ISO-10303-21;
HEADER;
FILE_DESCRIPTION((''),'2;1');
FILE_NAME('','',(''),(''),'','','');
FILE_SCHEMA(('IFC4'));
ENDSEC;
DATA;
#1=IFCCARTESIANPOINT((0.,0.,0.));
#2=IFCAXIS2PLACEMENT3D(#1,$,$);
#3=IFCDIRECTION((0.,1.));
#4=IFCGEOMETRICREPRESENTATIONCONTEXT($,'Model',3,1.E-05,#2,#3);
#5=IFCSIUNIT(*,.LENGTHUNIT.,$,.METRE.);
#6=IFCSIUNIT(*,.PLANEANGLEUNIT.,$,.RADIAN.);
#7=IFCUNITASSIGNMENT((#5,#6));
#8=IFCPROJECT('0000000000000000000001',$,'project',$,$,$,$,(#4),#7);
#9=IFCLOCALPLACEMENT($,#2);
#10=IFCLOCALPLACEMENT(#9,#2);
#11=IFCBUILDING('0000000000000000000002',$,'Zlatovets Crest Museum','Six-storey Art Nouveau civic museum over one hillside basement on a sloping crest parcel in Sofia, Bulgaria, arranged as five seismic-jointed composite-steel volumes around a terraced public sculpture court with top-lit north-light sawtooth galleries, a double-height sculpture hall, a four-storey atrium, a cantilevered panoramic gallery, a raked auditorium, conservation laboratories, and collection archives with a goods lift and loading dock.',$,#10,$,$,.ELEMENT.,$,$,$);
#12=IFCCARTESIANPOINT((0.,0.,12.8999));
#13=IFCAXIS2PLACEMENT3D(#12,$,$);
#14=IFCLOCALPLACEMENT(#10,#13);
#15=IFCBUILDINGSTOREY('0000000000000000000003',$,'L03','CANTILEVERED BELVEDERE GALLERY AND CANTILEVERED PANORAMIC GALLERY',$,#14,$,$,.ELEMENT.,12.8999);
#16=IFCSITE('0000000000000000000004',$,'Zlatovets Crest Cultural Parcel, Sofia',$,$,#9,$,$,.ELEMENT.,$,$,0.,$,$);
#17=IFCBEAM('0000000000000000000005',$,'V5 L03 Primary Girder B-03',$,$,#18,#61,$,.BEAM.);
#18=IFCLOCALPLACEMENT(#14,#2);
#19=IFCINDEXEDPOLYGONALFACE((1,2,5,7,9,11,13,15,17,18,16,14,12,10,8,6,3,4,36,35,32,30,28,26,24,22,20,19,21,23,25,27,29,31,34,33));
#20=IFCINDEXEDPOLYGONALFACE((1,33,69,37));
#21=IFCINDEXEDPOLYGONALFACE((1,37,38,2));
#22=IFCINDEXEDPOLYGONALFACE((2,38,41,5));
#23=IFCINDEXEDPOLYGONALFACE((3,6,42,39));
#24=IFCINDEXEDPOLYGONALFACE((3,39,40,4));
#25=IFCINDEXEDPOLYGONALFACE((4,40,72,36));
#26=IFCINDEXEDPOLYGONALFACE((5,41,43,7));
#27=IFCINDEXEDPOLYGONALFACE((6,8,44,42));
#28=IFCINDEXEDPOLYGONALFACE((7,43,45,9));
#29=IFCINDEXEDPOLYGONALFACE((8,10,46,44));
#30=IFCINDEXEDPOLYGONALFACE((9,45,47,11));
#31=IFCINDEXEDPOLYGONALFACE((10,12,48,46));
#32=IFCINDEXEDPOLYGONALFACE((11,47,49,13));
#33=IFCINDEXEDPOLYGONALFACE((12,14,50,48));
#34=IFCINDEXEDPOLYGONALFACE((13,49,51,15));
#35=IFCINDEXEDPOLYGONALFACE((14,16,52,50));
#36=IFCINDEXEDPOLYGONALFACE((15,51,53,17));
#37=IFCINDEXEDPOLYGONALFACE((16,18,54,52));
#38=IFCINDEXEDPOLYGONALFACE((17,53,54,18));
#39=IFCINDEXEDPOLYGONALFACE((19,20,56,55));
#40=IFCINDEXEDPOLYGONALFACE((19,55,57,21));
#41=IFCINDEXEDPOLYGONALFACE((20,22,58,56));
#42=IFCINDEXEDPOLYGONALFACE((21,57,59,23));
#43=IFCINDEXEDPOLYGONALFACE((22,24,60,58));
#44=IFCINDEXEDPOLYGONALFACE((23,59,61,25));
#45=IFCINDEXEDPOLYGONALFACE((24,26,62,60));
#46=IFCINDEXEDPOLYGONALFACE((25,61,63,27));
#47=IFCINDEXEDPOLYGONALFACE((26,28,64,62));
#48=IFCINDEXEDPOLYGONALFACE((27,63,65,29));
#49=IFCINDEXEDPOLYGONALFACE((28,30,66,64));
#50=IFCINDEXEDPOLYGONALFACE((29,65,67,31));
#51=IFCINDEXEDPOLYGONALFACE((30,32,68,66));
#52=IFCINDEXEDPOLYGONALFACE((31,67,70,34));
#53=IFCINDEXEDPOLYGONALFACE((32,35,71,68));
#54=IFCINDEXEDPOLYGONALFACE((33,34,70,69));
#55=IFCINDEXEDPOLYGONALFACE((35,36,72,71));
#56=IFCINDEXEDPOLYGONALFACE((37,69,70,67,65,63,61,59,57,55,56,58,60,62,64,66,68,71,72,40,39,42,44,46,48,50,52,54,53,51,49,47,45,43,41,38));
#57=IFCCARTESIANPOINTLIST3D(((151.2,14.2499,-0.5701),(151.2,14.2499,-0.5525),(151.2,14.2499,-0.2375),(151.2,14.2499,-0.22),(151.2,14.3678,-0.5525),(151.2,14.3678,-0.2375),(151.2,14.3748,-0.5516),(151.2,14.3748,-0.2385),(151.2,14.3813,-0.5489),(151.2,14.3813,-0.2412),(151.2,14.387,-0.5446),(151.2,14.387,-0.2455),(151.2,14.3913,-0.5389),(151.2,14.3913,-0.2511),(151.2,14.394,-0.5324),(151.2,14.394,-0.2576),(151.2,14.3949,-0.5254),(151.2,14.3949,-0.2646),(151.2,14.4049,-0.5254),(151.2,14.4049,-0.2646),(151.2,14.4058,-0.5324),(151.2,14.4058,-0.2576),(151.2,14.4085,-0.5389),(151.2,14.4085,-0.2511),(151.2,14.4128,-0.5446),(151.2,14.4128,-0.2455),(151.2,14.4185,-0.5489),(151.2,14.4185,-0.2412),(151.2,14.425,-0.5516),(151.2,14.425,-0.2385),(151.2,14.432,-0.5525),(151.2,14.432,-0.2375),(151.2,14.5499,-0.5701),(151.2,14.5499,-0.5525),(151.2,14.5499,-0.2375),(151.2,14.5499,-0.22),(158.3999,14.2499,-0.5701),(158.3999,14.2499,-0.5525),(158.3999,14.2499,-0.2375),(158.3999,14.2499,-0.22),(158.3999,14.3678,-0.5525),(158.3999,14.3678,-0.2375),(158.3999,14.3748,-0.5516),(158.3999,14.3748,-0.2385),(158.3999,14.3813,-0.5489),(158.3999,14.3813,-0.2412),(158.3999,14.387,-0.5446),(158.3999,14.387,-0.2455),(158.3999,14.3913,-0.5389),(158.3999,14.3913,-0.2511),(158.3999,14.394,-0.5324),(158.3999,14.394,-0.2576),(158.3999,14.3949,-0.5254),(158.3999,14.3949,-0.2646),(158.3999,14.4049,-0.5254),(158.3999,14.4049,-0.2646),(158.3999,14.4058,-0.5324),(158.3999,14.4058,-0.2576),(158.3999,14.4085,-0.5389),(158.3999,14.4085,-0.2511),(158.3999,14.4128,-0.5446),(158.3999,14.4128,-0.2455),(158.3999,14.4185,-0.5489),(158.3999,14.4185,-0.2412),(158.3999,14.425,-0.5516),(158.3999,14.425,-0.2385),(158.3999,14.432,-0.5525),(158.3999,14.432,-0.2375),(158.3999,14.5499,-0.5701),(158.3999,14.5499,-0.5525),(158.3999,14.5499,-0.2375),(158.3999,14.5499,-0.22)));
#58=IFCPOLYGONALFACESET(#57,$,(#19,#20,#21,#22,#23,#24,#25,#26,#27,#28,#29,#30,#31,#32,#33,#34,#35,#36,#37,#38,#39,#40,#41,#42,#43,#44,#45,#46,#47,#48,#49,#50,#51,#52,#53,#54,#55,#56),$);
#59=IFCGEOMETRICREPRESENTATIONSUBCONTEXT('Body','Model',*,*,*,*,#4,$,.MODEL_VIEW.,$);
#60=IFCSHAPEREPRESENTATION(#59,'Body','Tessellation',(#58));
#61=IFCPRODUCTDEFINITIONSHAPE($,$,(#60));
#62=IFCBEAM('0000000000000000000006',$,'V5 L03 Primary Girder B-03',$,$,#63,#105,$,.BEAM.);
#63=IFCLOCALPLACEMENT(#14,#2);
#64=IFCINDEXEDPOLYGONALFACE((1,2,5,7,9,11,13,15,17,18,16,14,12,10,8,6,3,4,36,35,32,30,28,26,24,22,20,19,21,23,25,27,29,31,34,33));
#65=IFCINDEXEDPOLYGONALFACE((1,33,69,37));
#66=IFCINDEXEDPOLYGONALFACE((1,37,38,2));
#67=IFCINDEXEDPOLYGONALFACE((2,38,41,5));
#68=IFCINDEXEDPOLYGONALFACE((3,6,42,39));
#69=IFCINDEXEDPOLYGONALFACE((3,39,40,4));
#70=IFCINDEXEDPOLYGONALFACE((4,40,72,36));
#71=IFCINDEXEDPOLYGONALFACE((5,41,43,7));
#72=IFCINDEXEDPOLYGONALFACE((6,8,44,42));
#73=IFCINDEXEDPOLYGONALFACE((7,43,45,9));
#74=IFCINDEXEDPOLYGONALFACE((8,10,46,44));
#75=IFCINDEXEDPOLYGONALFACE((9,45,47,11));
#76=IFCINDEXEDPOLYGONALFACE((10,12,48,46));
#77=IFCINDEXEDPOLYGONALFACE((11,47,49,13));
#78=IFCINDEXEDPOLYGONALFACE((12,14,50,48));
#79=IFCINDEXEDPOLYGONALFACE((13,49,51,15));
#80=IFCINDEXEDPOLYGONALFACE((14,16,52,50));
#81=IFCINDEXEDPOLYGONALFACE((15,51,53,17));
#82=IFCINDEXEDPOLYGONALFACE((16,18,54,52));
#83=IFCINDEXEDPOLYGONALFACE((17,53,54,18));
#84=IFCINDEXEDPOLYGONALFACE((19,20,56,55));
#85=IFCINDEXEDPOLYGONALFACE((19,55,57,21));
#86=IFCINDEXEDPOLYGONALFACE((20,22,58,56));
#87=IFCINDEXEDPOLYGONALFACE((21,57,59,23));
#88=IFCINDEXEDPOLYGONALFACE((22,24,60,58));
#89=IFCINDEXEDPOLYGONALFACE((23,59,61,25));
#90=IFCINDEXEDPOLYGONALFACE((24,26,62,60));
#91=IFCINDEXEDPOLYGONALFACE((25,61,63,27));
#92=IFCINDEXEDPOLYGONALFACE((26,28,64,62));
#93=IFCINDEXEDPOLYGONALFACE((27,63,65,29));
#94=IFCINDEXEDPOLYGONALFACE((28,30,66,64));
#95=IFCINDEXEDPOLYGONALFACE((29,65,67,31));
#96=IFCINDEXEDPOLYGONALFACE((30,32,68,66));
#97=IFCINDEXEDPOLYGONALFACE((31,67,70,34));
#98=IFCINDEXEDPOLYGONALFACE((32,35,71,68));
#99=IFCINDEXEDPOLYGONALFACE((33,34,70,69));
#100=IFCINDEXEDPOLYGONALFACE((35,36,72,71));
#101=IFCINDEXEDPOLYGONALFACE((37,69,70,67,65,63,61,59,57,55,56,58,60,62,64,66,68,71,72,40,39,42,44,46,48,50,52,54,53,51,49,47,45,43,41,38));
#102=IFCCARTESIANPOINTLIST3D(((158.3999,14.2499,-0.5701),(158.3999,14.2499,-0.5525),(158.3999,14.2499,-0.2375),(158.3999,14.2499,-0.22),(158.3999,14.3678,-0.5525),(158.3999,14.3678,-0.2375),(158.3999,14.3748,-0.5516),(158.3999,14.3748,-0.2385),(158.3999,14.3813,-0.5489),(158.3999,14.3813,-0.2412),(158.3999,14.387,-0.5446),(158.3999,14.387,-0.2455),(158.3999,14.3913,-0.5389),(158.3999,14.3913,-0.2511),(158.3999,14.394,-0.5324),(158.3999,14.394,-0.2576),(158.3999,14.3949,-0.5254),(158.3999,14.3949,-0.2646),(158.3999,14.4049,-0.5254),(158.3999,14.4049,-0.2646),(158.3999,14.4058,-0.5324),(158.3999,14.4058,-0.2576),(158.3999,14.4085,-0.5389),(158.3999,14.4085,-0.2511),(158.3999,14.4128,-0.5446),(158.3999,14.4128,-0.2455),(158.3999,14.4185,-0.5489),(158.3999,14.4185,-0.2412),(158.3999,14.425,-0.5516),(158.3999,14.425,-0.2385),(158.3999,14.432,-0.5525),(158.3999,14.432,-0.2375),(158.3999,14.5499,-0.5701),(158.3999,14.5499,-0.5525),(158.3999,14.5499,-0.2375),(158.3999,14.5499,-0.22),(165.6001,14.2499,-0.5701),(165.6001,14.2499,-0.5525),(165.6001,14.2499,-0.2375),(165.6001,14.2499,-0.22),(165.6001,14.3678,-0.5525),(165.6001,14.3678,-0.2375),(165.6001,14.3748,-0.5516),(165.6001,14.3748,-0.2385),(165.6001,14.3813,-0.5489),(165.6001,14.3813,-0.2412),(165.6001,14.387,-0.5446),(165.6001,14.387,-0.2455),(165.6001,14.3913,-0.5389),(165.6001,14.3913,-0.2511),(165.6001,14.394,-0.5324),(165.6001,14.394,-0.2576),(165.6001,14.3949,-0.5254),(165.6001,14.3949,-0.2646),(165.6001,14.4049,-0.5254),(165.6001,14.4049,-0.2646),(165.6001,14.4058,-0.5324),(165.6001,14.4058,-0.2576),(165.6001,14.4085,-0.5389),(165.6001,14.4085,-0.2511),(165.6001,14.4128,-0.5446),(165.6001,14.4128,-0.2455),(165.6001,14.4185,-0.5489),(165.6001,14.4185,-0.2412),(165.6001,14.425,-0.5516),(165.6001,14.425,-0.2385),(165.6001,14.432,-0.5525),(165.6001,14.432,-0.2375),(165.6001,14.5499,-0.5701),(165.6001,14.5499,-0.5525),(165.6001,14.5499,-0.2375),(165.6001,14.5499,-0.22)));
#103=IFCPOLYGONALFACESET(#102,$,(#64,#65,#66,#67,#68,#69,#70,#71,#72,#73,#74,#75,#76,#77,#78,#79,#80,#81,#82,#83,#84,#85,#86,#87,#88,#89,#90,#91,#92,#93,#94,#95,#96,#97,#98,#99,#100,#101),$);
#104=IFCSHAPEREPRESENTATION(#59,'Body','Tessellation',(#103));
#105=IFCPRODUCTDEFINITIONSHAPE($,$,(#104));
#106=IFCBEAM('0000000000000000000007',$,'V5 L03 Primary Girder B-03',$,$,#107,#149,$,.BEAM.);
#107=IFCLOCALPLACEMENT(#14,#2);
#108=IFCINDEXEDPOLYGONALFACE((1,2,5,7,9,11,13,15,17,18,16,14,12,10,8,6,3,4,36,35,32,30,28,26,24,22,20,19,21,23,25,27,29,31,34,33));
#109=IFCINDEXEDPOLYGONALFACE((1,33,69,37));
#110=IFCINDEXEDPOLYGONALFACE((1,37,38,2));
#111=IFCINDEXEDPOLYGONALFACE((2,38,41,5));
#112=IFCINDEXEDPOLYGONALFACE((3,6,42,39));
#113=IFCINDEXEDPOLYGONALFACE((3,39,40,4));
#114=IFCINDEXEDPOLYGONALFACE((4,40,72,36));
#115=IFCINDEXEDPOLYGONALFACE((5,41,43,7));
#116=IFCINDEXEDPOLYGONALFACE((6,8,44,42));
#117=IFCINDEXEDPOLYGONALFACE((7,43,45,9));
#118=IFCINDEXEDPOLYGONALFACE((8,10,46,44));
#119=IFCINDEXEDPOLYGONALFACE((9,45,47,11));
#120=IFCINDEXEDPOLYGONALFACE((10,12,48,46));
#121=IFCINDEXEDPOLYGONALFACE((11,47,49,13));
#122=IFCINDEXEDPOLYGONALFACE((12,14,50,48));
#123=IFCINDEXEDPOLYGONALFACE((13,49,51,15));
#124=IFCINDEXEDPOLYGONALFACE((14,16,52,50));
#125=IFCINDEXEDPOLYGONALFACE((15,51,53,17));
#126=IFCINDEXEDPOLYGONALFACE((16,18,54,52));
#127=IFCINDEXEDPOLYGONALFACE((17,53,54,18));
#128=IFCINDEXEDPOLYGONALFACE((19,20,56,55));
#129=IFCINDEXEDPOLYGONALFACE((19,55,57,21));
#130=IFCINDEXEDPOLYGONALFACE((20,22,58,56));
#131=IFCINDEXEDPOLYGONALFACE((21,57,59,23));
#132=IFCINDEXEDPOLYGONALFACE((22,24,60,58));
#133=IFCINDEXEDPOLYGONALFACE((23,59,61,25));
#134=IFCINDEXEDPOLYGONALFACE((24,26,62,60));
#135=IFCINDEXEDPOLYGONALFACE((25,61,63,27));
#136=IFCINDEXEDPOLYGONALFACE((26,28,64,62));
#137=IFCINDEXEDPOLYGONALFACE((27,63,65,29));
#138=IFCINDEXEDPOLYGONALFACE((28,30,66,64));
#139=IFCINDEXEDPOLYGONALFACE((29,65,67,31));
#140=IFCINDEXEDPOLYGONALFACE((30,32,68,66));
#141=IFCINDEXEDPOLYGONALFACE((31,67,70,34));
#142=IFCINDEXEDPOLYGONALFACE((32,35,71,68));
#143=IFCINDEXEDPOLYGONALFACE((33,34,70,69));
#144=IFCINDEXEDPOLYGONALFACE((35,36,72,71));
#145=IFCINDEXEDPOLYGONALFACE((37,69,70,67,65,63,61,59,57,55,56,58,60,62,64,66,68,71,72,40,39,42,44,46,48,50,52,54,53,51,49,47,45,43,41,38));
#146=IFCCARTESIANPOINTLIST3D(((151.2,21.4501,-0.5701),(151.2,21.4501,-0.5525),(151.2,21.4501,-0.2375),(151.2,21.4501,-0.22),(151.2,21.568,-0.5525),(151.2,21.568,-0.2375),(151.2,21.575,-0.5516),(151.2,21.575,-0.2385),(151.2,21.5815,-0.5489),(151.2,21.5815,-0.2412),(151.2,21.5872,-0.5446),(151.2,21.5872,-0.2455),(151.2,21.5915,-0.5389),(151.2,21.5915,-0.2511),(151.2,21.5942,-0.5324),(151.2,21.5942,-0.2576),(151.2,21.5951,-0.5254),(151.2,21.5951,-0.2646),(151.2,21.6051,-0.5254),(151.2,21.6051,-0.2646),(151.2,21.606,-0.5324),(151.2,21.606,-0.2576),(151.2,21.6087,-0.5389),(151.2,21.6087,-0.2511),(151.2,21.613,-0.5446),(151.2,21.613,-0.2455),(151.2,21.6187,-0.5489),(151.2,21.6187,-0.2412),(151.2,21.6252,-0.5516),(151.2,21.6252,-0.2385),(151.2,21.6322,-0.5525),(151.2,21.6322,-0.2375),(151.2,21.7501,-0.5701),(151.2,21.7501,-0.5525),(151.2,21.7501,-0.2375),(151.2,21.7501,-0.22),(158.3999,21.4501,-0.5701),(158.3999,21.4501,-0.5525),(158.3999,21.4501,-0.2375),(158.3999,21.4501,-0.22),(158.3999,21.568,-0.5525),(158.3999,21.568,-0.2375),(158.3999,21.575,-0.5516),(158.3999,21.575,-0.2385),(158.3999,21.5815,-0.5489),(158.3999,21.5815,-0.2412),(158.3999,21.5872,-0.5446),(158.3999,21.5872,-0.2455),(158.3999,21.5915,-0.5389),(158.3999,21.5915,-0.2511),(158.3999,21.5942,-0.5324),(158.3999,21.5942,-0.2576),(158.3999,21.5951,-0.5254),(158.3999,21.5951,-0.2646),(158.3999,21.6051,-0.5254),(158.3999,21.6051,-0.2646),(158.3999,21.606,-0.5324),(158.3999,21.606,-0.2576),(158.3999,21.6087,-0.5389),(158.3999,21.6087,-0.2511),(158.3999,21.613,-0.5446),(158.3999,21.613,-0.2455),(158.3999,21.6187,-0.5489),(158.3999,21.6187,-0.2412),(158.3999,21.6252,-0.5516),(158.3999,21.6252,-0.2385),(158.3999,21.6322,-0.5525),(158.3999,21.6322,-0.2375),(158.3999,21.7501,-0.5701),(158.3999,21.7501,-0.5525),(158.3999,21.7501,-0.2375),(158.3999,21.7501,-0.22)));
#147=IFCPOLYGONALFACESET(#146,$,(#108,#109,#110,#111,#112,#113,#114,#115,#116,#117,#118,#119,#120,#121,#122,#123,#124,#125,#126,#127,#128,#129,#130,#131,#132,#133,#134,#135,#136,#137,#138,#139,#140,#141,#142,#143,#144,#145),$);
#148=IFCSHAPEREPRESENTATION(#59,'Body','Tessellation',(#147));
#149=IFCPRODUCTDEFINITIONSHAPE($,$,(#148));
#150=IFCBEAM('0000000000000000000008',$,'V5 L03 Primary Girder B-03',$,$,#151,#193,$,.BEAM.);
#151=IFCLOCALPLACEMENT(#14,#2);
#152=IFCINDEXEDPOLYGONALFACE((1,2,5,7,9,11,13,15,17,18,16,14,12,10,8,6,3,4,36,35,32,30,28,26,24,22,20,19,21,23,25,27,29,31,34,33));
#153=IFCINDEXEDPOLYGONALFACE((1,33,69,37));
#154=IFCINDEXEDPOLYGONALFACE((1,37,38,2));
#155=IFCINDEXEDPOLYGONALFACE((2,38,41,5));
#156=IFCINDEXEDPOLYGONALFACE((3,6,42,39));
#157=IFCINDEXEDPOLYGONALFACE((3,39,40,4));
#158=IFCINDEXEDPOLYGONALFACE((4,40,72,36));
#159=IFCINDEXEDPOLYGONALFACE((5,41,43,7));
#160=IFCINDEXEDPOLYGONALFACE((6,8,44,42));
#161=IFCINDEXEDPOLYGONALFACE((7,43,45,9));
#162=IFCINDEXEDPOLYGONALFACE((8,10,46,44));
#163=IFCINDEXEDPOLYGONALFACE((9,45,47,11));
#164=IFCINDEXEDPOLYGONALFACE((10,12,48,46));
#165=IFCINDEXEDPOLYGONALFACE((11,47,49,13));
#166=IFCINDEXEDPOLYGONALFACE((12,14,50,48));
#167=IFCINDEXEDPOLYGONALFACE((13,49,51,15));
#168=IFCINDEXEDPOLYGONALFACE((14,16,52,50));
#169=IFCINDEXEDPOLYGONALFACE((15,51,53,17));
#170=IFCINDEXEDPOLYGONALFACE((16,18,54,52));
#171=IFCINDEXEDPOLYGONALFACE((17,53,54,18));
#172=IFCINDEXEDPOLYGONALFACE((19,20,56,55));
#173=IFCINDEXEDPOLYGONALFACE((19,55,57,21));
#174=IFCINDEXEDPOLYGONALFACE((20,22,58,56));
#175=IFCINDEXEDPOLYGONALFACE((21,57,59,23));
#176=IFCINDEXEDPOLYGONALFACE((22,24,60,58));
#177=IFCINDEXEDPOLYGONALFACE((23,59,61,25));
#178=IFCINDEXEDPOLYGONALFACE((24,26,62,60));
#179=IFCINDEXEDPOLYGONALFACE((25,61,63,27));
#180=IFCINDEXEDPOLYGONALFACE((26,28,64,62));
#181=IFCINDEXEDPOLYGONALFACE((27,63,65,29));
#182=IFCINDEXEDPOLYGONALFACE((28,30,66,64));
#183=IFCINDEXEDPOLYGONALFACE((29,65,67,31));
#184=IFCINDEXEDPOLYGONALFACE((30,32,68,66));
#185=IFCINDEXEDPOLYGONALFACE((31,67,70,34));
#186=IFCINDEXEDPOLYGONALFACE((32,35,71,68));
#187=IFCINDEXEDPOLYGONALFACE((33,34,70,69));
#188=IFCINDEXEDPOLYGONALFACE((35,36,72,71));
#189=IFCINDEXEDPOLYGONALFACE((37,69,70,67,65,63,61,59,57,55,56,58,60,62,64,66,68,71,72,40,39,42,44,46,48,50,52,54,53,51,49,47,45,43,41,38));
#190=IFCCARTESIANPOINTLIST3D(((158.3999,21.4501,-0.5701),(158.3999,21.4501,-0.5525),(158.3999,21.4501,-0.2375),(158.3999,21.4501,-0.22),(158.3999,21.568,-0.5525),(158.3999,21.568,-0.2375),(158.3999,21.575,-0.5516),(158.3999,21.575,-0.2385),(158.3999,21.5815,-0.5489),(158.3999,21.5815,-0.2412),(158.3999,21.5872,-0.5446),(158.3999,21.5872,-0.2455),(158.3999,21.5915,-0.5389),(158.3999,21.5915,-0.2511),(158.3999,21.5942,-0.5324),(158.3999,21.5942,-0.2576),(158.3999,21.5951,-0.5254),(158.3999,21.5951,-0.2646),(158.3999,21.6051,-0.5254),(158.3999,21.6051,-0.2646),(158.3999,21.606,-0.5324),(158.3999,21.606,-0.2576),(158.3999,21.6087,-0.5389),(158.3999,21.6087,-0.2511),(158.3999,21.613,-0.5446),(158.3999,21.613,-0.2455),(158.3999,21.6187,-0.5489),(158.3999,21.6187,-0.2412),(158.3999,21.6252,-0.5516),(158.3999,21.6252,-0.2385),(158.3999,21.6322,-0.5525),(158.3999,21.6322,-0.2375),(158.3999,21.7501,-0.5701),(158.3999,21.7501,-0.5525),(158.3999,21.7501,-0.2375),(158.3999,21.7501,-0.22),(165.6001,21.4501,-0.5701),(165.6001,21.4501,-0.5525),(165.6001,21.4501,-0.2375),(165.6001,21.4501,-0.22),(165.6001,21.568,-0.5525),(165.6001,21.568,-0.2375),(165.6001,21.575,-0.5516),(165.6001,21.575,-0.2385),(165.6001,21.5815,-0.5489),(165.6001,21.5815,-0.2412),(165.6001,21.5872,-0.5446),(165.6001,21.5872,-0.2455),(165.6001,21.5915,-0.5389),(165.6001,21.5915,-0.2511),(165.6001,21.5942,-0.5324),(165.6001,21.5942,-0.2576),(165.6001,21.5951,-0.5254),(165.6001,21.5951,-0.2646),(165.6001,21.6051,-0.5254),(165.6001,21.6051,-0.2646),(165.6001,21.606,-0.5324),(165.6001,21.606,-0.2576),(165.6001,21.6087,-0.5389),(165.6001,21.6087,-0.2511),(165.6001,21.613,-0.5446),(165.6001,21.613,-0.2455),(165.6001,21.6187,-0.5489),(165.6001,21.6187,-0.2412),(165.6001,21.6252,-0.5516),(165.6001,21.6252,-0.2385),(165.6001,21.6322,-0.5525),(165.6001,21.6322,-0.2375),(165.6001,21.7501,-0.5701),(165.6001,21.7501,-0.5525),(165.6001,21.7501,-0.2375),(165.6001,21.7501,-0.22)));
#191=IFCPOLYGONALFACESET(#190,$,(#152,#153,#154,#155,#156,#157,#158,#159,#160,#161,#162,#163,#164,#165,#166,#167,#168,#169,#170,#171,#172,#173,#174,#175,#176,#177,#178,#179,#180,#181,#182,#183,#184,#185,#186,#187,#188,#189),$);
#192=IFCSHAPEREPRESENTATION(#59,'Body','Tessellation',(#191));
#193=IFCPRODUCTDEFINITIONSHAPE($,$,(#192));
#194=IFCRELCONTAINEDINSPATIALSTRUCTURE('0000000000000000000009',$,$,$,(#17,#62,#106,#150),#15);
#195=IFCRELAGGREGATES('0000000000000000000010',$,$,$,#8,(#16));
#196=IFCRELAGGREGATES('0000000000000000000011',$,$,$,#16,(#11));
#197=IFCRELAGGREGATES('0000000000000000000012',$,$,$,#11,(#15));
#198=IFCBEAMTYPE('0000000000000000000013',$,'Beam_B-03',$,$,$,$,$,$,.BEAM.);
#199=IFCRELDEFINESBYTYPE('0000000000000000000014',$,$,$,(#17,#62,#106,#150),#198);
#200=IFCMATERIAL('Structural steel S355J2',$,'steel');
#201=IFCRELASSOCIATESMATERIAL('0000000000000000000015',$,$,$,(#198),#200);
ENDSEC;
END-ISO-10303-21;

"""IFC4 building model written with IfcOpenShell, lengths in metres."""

from ifc_helpers import new_model, si_unit, direction, frame, origin, origin_2d, place, context, subcontext, project, spatial, i_section, extrude, material, material_profile, profile_set, type_object, element, save


model = new_model("IFC4")

# Units and contexts
model_context = context("Model", 3, precision=1e-05, world=origin(), true_north=direction((0.0, 1.0)))
body_context = subcontext(model_context, "Body", "Model", "MODEL_VIEW")
ifc_project = project(units=[si_unit("LENGTHUNIT", "METRE"), si_unit("PLANEANGLEUNIT", "RADIAN")], contexts=[model_context])

# Site, building, storey
site_placement = place(None, origin())
site = spatial("IfcSite", under=ifc_project, at=site_placement, Name="Zlatovets Crest Cultural Parcel, Sofia", CompositionType="ELEMENT", RefElevation=0.0)
building_placement = place(site_placement, origin())
building = spatial("IfcBuilding", under=site, at=building_placement, Name="Zlatovets Crest Museum", Description="Six-storey Art Nouveau civic museum over one hillside basement on a sloping crest parcel in Sofia, Bulgaria, arranged as five seismic-jointed composite-steel volumes around a terraced public sculpture court with top-lit north-light sawtooth galleries, a double-height sculpture hall, a four-storey atrium, a cantilevered panoramic gallery, a raked auditorium, conservation laboratories, and collection archives with a goods lift and loading dock.", CompositionType="ELEMENT")
storey_placement = place(building_placement, frame((0.0, 0.0, 12.8999)))
storey = spatial("IfcBuildingStorey", under=building, at=storey_placement, Name="L03", Description="CANTILEVERED BELVEDERE GALLERY AND CANTILEVERED PANORAMIC GALLERY", CompositionType="ELEMENT", Elevation=12.8999)

# Beams
ifc_material_1 = material(Name="Structural steel S355J2", Category="steel")
ifc_material_profile_1 = material_profile(ifc_material_1, i_section(OverallWidth=0.3, OverallDepth=0.3501, WebThickness=0.01, FlangeThickness=0.0176, FilletRadius=0.0271, at=origin_2d()), Name="HEA 360")
ifc_profile_set_1 = profile_set([ifc_material_profile_1], Name="Structural steel S355J2")
beam_type_1 = type_object("IfcBeamType", Name="Beam_B-03", PredefinedType="BEAM", material=ifc_profile_set_1)
beam_1_placement = place(storey_placement, frame((151.2, 14.3999, -0.395), z_axis=(1.0, 0.0, 0.0), x_axis=(0.0, 1.0, 0.0)))
element("IfcBeam", 1, at=beam_1_placement, inside=storey, type_object=beam_type_1, Name="V5 L03 Primary Girder B-03", PredefinedType="BEAM", context=body_context, shape_type="SweptSolid", body=[
    extrude(i_section(OverallWidth=0.3, OverallDepth=0.3501, WebThickness=0.01, FlangeThickness=0.0176, FilletRadius=0.0271, at=origin_2d()), origin(), (0.0, 0.0, 1.0), 7.2),
])
beam_2_placement = place(storey_placement, frame((158.3999, 14.3999, -0.395), z_axis=(1.0, 0.0, 0.0), x_axis=(0.0, 1.0, 0.0)))
element("IfcBeam", 2, at=beam_2_placement, inside=storey, type_object=beam_type_1, Name="V5 L03 Primary Girder B-03", PredefinedType="BEAM", context=body_context, shape_type="SweptSolid", body=[
    extrude(i_section(OverallWidth=0.3, OverallDepth=0.3501, WebThickness=0.01, FlangeThickness=0.0176, FilletRadius=0.0271, at=origin_2d()), origin(), (0.0, 0.0, 1.0), 7.2002),
])
beam_3_placement = place(storey_placement, frame((151.2, 21.6001, -0.395), z_axis=(1.0, 0.0, 0.0), x_axis=(0.0, 1.0, 0.0)))
element("IfcBeam", 3, at=beam_3_placement, inside=storey, type_object=beam_type_1, Name="V5 L03 Primary Girder B-03", PredefinedType="BEAM", context=body_context, shape_type="SweptSolid", body=[
    extrude(i_section(OverallWidth=0.3, OverallDepth=0.3501, WebThickness=0.01, FlangeThickness=0.0176, FilletRadius=0.0271, at=origin_2d()), origin(), (0.0, 0.0, 1.0), 7.2),
])
beam_4_placement = place(storey_placement, frame((158.3999, 21.6001, -0.395), z_axis=(1.0, 0.0, 0.0), x_axis=(0.0, 1.0, 0.0)))
element("IfcBeam", 4, at=beam_4_placement, inside=storey, type_object=beam_type_1, Name="V5 L03 Primary Girder B-03", PredefinedType="BEAM", context=body_context, shape_type="SweptSolid", body=[
    extrude(i_section(OverallWidth=0.3, OverallDepth=0.3501, WebThickness=0.01, FlangeThickness=0.0176, FilletRadius=0.0271, at=origin_2d()), origin(), (0.0, 0.0, 1.0), 7.2002),
])

save(model, "model.ifc")
